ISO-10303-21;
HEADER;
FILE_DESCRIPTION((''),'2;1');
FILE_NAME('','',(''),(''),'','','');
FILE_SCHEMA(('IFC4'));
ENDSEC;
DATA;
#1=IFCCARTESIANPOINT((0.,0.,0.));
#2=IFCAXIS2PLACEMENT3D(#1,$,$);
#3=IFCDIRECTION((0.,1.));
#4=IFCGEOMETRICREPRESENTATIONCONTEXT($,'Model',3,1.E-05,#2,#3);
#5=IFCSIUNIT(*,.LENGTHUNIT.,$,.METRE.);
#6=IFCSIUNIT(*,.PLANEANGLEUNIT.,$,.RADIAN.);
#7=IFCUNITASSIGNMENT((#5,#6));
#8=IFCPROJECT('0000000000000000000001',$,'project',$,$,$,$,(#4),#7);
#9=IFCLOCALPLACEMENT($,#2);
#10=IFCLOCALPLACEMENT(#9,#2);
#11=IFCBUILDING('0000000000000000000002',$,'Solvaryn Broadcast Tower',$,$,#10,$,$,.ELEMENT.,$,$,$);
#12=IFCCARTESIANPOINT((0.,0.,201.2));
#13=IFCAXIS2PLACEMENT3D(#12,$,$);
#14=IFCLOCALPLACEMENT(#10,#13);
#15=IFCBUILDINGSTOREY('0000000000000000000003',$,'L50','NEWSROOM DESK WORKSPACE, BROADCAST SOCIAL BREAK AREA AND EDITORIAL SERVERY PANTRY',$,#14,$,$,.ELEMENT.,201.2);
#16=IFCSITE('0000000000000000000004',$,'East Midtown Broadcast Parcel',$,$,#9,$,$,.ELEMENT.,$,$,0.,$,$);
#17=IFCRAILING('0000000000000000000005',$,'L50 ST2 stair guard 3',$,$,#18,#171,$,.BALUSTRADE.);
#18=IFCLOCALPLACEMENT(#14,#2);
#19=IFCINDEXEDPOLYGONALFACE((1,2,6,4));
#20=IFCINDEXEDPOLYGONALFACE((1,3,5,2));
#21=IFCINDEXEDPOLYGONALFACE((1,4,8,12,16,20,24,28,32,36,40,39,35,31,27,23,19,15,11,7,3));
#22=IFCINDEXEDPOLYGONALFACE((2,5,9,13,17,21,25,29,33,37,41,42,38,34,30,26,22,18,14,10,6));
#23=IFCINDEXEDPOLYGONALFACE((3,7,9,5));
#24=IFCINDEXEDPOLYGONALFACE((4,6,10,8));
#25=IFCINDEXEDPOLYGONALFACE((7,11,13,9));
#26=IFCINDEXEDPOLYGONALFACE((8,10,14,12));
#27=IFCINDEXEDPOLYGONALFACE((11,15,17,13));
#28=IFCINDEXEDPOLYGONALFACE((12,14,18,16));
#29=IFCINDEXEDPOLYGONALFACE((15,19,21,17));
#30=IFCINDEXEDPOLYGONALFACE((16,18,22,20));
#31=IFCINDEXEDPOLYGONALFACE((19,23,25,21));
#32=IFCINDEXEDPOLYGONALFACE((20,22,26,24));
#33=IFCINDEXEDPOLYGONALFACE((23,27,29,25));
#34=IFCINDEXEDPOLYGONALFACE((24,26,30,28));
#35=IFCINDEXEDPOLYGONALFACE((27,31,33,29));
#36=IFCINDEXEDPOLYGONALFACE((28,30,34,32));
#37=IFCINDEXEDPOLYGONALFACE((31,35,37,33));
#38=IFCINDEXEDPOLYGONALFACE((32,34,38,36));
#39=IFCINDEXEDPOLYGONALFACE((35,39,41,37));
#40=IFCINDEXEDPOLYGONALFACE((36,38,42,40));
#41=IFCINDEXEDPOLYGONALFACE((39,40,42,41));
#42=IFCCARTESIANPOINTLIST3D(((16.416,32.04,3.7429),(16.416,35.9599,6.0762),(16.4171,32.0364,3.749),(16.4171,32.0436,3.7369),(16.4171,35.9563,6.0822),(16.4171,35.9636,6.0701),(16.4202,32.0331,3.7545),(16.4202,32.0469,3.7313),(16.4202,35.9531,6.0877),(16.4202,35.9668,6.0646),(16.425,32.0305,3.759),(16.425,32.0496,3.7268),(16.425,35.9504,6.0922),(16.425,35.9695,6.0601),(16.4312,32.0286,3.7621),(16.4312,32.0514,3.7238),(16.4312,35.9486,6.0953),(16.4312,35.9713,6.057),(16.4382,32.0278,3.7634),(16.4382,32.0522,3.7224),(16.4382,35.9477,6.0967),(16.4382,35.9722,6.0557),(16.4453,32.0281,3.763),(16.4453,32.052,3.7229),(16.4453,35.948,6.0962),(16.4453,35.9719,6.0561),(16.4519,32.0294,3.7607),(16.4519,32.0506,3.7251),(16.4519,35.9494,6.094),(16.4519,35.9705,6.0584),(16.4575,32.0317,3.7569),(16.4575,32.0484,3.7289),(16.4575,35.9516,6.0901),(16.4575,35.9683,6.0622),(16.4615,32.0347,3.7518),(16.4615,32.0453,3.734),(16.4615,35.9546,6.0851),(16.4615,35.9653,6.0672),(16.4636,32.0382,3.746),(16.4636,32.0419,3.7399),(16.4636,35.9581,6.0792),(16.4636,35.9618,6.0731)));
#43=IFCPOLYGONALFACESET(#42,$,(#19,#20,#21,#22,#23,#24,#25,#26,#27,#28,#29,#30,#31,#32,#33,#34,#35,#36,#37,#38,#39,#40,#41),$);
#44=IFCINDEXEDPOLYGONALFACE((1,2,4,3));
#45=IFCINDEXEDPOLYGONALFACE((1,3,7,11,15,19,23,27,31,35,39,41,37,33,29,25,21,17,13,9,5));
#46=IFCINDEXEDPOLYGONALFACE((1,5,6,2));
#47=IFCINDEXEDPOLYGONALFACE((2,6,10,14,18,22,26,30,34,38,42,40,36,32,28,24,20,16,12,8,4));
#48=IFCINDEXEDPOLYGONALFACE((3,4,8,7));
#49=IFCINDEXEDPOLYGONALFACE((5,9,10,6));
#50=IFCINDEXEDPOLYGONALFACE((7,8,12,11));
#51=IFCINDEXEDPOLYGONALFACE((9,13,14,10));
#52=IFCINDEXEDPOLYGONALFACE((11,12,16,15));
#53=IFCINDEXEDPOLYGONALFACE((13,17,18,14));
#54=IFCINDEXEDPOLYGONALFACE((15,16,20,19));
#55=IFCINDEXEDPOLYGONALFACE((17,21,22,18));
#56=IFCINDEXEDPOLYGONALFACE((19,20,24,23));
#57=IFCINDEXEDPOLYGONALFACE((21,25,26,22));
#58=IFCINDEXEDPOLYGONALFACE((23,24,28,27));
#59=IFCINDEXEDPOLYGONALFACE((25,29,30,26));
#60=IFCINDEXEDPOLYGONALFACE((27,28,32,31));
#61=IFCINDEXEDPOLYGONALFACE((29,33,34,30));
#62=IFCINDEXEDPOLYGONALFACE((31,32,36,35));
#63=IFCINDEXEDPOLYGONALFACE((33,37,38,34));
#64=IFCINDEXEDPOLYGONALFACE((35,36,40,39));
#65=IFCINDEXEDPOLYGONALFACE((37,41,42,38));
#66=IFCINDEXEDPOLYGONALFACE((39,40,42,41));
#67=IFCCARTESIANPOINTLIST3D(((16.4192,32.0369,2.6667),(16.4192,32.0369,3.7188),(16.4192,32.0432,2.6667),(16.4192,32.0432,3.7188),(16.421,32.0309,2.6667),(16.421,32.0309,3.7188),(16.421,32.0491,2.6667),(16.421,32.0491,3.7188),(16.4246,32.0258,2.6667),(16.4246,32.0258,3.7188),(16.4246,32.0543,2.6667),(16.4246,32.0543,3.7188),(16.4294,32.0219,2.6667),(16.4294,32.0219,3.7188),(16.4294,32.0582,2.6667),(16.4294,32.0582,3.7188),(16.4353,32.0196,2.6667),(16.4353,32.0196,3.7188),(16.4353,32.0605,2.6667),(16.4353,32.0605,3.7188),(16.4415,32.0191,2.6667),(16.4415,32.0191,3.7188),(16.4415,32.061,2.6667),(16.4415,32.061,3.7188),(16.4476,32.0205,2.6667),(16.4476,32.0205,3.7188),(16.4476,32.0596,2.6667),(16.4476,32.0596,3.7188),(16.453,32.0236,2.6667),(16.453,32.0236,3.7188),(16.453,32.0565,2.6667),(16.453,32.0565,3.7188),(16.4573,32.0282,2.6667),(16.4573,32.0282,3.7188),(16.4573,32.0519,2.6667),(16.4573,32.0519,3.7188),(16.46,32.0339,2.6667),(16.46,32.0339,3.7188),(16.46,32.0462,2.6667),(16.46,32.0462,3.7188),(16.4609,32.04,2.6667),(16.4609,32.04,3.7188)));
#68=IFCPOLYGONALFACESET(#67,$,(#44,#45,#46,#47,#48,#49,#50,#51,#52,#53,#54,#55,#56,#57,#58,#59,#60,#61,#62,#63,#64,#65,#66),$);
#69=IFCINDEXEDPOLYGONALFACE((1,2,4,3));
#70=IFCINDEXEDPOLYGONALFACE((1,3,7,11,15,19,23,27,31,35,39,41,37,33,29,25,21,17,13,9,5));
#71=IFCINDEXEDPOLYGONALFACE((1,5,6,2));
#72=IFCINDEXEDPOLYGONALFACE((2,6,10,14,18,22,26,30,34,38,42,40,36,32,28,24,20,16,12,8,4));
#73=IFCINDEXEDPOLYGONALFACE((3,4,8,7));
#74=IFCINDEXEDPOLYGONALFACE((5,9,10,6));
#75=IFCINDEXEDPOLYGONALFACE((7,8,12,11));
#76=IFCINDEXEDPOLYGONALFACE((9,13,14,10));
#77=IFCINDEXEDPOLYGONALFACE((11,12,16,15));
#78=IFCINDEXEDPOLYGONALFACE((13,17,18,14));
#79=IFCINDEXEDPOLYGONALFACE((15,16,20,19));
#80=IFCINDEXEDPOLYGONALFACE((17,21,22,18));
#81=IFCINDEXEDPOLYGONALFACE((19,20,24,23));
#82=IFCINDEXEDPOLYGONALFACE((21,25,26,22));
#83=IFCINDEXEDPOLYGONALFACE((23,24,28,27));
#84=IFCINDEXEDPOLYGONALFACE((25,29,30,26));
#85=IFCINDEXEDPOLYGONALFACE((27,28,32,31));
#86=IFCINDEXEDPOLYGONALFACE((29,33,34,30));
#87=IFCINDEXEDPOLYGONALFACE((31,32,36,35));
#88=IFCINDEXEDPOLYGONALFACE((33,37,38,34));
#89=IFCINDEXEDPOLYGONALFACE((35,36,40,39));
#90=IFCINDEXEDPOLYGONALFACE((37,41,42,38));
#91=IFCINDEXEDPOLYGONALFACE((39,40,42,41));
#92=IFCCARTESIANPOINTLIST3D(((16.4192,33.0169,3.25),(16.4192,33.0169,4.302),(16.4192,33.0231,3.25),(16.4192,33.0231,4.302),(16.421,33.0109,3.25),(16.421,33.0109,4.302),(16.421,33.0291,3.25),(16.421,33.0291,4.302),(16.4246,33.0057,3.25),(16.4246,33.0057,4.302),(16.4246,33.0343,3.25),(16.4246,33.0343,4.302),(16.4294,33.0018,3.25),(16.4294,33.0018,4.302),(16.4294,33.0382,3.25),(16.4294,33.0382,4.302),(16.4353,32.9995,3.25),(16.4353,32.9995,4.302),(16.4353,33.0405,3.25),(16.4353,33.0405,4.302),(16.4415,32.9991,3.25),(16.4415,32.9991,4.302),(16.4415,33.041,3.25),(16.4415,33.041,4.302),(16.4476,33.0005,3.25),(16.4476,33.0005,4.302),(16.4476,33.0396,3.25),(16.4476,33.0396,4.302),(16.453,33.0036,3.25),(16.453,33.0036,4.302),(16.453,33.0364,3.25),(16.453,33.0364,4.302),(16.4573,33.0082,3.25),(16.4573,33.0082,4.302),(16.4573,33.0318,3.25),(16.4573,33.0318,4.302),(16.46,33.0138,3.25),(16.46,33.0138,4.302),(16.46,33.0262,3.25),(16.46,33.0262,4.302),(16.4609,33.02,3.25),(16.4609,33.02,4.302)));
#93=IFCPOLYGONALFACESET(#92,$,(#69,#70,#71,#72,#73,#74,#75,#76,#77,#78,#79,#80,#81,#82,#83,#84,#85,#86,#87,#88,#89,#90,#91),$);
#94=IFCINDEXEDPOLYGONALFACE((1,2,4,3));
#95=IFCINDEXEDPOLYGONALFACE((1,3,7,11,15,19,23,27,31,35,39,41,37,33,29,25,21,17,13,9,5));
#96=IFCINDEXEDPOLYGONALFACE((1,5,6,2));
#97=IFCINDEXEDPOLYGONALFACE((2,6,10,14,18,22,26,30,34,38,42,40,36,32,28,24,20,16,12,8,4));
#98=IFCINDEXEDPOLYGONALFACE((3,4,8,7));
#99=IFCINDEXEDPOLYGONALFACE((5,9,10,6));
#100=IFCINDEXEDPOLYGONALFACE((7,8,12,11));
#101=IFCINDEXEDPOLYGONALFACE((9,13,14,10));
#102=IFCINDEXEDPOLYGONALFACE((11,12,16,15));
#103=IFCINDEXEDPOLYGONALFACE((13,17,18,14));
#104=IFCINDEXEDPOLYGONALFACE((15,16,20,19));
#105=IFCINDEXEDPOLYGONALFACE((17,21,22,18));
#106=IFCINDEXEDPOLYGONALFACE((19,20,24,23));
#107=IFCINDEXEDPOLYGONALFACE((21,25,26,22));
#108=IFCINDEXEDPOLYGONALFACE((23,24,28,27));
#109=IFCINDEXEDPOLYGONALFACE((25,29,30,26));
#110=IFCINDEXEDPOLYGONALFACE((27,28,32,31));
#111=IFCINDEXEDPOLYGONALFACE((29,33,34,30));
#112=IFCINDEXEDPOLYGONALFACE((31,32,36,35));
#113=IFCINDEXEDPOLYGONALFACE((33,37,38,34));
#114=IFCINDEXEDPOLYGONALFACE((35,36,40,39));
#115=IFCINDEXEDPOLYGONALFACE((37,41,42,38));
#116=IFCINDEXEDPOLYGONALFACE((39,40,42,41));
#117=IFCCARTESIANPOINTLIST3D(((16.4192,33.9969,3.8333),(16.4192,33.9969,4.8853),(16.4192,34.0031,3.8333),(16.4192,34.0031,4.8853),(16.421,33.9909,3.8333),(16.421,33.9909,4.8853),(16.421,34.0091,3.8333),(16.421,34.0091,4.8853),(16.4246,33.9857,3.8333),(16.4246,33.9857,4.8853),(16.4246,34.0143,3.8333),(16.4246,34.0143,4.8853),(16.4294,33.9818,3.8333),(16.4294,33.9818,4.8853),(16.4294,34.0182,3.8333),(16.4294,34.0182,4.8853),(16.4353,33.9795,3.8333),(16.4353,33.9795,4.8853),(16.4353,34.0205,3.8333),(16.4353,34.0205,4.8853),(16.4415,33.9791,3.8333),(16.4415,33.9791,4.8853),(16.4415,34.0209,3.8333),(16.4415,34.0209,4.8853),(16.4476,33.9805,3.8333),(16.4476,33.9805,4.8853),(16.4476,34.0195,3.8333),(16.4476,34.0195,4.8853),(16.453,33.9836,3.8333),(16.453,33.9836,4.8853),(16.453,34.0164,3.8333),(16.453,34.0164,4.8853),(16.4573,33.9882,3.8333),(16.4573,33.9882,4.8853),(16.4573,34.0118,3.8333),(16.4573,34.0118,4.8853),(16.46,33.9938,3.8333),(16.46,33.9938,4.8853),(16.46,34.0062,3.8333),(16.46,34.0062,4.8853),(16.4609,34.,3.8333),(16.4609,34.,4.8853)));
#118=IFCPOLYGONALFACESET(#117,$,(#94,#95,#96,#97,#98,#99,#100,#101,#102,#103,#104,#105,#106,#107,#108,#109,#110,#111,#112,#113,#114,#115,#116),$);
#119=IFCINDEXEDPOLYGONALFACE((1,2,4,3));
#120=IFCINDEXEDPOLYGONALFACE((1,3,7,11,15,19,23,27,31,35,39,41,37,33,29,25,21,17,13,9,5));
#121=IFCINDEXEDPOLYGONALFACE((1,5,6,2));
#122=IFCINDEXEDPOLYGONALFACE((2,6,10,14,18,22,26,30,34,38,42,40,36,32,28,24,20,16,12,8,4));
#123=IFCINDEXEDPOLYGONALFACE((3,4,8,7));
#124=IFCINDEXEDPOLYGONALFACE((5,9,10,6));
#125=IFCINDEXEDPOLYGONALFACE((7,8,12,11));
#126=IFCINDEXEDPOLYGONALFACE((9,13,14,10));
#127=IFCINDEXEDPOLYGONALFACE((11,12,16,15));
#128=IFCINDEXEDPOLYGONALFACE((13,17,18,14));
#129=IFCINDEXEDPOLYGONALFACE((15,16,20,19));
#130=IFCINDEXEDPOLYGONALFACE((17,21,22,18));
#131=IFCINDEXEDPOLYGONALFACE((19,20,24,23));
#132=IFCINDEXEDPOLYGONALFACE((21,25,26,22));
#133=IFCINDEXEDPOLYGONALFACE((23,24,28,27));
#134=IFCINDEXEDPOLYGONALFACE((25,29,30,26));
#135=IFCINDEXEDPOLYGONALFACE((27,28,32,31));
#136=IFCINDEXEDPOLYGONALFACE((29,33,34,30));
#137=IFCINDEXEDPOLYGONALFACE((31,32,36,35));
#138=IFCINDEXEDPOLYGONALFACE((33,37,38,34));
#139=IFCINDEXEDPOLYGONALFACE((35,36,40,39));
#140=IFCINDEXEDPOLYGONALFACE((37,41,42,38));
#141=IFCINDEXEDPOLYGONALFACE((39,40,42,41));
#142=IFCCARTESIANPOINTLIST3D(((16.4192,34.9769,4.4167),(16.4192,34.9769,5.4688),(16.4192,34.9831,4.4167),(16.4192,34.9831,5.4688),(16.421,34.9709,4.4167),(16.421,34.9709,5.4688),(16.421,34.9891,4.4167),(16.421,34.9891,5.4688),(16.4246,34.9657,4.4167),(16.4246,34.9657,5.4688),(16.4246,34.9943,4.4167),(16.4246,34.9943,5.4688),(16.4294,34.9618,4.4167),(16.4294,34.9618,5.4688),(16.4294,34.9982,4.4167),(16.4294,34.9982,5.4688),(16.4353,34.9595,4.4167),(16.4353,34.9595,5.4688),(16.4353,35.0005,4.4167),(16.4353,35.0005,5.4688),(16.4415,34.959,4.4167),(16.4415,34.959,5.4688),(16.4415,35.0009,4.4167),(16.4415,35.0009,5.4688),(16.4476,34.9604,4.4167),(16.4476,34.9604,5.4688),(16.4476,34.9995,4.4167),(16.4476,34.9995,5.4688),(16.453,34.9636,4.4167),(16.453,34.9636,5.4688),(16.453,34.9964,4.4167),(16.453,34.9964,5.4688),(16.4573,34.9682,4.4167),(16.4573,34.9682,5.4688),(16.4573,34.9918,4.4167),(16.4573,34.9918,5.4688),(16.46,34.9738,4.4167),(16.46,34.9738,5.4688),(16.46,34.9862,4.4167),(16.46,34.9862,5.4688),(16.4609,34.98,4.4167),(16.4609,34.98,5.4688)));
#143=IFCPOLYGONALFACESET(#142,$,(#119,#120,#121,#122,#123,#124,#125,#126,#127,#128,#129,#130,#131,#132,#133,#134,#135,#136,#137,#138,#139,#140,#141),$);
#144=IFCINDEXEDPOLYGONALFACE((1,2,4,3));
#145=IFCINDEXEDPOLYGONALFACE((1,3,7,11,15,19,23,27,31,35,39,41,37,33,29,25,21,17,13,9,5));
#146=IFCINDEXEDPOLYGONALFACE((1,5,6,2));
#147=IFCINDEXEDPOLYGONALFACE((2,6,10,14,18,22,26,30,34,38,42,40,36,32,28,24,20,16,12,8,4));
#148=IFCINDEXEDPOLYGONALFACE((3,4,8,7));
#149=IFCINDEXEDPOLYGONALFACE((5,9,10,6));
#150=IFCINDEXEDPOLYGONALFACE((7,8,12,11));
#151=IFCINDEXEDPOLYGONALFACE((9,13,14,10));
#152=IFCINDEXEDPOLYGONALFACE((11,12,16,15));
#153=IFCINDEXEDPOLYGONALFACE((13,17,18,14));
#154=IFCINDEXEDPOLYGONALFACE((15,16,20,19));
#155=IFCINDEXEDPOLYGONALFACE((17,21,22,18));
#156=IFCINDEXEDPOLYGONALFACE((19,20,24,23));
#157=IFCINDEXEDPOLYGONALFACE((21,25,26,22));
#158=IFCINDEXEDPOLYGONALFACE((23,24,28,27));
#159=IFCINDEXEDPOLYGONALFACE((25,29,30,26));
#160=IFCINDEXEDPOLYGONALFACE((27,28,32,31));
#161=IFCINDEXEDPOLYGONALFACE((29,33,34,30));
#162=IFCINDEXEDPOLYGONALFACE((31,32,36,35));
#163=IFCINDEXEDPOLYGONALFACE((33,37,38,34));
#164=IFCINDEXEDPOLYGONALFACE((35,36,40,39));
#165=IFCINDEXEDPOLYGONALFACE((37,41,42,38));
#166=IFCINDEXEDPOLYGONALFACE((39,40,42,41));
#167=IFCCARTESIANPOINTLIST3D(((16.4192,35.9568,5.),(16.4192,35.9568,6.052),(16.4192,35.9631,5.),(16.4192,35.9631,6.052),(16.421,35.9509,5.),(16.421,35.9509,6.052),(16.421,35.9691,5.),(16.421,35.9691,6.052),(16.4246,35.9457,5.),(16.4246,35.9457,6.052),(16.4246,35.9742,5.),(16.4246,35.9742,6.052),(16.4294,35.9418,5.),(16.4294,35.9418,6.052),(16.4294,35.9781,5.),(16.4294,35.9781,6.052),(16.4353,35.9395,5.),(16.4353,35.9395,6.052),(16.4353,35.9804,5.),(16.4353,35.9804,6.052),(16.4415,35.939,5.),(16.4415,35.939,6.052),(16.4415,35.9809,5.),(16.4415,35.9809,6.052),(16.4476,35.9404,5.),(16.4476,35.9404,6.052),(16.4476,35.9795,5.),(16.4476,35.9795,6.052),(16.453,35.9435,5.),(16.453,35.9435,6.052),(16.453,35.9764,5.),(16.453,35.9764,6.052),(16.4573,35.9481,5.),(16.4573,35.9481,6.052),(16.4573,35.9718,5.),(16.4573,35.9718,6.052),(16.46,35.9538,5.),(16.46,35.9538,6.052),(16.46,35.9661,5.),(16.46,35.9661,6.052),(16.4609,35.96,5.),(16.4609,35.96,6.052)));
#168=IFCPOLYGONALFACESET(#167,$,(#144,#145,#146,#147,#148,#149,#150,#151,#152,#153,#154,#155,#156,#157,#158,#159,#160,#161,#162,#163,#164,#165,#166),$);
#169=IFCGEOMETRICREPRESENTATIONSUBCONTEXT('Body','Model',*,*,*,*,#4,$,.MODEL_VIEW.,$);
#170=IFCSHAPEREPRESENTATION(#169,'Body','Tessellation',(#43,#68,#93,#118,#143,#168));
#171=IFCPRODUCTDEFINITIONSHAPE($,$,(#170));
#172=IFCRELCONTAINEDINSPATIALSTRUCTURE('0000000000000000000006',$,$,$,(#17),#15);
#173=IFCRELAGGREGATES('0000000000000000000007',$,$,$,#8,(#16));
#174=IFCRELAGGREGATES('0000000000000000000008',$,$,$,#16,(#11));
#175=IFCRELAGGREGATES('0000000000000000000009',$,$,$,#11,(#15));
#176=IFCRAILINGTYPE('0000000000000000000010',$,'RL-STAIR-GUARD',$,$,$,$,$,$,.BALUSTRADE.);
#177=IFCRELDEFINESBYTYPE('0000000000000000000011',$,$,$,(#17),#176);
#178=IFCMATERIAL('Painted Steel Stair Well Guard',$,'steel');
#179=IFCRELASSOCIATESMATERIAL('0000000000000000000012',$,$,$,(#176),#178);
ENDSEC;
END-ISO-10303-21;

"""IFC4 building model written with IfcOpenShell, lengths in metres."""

from ifc_helpers import new_model, si_unit, direction, frame, origin, origin_2d, place, context, subcontext, project, spatial, circle, extrude, material, type_object, element, save


model = new_model("IFC4")

# Units and contexts
model_context = context("Model", 3, precision=1e-05, world=origin(), true_north=direction((0.0, 1.0)))
body_context = subcontext(model_context, "Body", "Model", "MODEL_VIEW")
ifc_project = project(units=[si_unit("LENGTHUNIT", "METRE"), si_unit("PLANEANGLEUNIT", "RADIAN")], contexts=[model_context])

# Site, building, storey
site_placement = place(None, origin())
site = spatial("IfcSite", under=ifc_project, at=site_placement, Name="East Midtown Broadcast Parcel", CompositionType="ELEMENT", RefElevation=0.0)
building_placement = place(site_placement, origin())
building = spatial("IfcBuilding", under=site, at=building_placement, Name="Solvaryn Broadcast Tower", CompositionType="ELEMENT")
storey_placement = place(building_placement, frame((0.0, 0.0, 201.2)))
storey = spatial("IfcBuildingStorey", under=building, at=storey_placement, Name="L50", Description="NEWSROOM DESK WORKSPACE, BROADCAST SOCIAL BREAK AREA AND EDITORIAL SERVERY PANTRY", CompositionType="ELEMENT", Elevation=201.2)

# Railing
ifc_material_1 = material(Name="Painted Steel Stair Well Guard", Category="steel")
railing_type_1 = type_object("IfcRailingType", Name="RL-STAIR-GUARD", PredefinedType="BALUSTRADE", material=ifc_material_1)
railing_1_placement = place(storey_placement, frame((16.4399, 32.04, 2.6667)))
element("IfcRailing", 1, at=railing_1_placement, inside=storey, type_object=railing_type_1, Name="L50 ST2 stair guard 3", PredefinedType="BALUSTRADE", context=body_context, shape_type="SweptSolid", body=[
    extrude(circle(Radius=0.0239, at=origin_2d()), frame((0.0, 0.0, 1.0762), z_axis=(0.0, 0.859296, 0.511478), x_axis=(-1.0, 0.0, 0.0)), (0.0, 0.0, 1.0), 4.5618),
    extrude(circle(Radius=0.021, at=origin_2d()), origin(), (0.0, 0.0, 1.0), 1.052),
    extrude(circle(Radius=0.021, at=origin_2d()), frame((0.0, 0.98, 0.5833)), (0.0, 0.0, 1.0), 1.052),
    extrude(circle(Radius=0.021, at=origin_2d()), frame((0.0, 1.96, 1.1665)), (0.0, 0.0, 1.0), 1.052),
    extrude(circle(Radius=0.021, at=origin_2d()), frame((0.0, 2.9399, 1.75)), (0.0, 0.0, 1.0), 1.052),
    extrude(circle(Radius=0.021, at=origin_2d()), frame((0.0, 3.9199, 2.3333)), (0.0, 0.0, 1.0), 1.052),
])

save(model, "model.ifc")
